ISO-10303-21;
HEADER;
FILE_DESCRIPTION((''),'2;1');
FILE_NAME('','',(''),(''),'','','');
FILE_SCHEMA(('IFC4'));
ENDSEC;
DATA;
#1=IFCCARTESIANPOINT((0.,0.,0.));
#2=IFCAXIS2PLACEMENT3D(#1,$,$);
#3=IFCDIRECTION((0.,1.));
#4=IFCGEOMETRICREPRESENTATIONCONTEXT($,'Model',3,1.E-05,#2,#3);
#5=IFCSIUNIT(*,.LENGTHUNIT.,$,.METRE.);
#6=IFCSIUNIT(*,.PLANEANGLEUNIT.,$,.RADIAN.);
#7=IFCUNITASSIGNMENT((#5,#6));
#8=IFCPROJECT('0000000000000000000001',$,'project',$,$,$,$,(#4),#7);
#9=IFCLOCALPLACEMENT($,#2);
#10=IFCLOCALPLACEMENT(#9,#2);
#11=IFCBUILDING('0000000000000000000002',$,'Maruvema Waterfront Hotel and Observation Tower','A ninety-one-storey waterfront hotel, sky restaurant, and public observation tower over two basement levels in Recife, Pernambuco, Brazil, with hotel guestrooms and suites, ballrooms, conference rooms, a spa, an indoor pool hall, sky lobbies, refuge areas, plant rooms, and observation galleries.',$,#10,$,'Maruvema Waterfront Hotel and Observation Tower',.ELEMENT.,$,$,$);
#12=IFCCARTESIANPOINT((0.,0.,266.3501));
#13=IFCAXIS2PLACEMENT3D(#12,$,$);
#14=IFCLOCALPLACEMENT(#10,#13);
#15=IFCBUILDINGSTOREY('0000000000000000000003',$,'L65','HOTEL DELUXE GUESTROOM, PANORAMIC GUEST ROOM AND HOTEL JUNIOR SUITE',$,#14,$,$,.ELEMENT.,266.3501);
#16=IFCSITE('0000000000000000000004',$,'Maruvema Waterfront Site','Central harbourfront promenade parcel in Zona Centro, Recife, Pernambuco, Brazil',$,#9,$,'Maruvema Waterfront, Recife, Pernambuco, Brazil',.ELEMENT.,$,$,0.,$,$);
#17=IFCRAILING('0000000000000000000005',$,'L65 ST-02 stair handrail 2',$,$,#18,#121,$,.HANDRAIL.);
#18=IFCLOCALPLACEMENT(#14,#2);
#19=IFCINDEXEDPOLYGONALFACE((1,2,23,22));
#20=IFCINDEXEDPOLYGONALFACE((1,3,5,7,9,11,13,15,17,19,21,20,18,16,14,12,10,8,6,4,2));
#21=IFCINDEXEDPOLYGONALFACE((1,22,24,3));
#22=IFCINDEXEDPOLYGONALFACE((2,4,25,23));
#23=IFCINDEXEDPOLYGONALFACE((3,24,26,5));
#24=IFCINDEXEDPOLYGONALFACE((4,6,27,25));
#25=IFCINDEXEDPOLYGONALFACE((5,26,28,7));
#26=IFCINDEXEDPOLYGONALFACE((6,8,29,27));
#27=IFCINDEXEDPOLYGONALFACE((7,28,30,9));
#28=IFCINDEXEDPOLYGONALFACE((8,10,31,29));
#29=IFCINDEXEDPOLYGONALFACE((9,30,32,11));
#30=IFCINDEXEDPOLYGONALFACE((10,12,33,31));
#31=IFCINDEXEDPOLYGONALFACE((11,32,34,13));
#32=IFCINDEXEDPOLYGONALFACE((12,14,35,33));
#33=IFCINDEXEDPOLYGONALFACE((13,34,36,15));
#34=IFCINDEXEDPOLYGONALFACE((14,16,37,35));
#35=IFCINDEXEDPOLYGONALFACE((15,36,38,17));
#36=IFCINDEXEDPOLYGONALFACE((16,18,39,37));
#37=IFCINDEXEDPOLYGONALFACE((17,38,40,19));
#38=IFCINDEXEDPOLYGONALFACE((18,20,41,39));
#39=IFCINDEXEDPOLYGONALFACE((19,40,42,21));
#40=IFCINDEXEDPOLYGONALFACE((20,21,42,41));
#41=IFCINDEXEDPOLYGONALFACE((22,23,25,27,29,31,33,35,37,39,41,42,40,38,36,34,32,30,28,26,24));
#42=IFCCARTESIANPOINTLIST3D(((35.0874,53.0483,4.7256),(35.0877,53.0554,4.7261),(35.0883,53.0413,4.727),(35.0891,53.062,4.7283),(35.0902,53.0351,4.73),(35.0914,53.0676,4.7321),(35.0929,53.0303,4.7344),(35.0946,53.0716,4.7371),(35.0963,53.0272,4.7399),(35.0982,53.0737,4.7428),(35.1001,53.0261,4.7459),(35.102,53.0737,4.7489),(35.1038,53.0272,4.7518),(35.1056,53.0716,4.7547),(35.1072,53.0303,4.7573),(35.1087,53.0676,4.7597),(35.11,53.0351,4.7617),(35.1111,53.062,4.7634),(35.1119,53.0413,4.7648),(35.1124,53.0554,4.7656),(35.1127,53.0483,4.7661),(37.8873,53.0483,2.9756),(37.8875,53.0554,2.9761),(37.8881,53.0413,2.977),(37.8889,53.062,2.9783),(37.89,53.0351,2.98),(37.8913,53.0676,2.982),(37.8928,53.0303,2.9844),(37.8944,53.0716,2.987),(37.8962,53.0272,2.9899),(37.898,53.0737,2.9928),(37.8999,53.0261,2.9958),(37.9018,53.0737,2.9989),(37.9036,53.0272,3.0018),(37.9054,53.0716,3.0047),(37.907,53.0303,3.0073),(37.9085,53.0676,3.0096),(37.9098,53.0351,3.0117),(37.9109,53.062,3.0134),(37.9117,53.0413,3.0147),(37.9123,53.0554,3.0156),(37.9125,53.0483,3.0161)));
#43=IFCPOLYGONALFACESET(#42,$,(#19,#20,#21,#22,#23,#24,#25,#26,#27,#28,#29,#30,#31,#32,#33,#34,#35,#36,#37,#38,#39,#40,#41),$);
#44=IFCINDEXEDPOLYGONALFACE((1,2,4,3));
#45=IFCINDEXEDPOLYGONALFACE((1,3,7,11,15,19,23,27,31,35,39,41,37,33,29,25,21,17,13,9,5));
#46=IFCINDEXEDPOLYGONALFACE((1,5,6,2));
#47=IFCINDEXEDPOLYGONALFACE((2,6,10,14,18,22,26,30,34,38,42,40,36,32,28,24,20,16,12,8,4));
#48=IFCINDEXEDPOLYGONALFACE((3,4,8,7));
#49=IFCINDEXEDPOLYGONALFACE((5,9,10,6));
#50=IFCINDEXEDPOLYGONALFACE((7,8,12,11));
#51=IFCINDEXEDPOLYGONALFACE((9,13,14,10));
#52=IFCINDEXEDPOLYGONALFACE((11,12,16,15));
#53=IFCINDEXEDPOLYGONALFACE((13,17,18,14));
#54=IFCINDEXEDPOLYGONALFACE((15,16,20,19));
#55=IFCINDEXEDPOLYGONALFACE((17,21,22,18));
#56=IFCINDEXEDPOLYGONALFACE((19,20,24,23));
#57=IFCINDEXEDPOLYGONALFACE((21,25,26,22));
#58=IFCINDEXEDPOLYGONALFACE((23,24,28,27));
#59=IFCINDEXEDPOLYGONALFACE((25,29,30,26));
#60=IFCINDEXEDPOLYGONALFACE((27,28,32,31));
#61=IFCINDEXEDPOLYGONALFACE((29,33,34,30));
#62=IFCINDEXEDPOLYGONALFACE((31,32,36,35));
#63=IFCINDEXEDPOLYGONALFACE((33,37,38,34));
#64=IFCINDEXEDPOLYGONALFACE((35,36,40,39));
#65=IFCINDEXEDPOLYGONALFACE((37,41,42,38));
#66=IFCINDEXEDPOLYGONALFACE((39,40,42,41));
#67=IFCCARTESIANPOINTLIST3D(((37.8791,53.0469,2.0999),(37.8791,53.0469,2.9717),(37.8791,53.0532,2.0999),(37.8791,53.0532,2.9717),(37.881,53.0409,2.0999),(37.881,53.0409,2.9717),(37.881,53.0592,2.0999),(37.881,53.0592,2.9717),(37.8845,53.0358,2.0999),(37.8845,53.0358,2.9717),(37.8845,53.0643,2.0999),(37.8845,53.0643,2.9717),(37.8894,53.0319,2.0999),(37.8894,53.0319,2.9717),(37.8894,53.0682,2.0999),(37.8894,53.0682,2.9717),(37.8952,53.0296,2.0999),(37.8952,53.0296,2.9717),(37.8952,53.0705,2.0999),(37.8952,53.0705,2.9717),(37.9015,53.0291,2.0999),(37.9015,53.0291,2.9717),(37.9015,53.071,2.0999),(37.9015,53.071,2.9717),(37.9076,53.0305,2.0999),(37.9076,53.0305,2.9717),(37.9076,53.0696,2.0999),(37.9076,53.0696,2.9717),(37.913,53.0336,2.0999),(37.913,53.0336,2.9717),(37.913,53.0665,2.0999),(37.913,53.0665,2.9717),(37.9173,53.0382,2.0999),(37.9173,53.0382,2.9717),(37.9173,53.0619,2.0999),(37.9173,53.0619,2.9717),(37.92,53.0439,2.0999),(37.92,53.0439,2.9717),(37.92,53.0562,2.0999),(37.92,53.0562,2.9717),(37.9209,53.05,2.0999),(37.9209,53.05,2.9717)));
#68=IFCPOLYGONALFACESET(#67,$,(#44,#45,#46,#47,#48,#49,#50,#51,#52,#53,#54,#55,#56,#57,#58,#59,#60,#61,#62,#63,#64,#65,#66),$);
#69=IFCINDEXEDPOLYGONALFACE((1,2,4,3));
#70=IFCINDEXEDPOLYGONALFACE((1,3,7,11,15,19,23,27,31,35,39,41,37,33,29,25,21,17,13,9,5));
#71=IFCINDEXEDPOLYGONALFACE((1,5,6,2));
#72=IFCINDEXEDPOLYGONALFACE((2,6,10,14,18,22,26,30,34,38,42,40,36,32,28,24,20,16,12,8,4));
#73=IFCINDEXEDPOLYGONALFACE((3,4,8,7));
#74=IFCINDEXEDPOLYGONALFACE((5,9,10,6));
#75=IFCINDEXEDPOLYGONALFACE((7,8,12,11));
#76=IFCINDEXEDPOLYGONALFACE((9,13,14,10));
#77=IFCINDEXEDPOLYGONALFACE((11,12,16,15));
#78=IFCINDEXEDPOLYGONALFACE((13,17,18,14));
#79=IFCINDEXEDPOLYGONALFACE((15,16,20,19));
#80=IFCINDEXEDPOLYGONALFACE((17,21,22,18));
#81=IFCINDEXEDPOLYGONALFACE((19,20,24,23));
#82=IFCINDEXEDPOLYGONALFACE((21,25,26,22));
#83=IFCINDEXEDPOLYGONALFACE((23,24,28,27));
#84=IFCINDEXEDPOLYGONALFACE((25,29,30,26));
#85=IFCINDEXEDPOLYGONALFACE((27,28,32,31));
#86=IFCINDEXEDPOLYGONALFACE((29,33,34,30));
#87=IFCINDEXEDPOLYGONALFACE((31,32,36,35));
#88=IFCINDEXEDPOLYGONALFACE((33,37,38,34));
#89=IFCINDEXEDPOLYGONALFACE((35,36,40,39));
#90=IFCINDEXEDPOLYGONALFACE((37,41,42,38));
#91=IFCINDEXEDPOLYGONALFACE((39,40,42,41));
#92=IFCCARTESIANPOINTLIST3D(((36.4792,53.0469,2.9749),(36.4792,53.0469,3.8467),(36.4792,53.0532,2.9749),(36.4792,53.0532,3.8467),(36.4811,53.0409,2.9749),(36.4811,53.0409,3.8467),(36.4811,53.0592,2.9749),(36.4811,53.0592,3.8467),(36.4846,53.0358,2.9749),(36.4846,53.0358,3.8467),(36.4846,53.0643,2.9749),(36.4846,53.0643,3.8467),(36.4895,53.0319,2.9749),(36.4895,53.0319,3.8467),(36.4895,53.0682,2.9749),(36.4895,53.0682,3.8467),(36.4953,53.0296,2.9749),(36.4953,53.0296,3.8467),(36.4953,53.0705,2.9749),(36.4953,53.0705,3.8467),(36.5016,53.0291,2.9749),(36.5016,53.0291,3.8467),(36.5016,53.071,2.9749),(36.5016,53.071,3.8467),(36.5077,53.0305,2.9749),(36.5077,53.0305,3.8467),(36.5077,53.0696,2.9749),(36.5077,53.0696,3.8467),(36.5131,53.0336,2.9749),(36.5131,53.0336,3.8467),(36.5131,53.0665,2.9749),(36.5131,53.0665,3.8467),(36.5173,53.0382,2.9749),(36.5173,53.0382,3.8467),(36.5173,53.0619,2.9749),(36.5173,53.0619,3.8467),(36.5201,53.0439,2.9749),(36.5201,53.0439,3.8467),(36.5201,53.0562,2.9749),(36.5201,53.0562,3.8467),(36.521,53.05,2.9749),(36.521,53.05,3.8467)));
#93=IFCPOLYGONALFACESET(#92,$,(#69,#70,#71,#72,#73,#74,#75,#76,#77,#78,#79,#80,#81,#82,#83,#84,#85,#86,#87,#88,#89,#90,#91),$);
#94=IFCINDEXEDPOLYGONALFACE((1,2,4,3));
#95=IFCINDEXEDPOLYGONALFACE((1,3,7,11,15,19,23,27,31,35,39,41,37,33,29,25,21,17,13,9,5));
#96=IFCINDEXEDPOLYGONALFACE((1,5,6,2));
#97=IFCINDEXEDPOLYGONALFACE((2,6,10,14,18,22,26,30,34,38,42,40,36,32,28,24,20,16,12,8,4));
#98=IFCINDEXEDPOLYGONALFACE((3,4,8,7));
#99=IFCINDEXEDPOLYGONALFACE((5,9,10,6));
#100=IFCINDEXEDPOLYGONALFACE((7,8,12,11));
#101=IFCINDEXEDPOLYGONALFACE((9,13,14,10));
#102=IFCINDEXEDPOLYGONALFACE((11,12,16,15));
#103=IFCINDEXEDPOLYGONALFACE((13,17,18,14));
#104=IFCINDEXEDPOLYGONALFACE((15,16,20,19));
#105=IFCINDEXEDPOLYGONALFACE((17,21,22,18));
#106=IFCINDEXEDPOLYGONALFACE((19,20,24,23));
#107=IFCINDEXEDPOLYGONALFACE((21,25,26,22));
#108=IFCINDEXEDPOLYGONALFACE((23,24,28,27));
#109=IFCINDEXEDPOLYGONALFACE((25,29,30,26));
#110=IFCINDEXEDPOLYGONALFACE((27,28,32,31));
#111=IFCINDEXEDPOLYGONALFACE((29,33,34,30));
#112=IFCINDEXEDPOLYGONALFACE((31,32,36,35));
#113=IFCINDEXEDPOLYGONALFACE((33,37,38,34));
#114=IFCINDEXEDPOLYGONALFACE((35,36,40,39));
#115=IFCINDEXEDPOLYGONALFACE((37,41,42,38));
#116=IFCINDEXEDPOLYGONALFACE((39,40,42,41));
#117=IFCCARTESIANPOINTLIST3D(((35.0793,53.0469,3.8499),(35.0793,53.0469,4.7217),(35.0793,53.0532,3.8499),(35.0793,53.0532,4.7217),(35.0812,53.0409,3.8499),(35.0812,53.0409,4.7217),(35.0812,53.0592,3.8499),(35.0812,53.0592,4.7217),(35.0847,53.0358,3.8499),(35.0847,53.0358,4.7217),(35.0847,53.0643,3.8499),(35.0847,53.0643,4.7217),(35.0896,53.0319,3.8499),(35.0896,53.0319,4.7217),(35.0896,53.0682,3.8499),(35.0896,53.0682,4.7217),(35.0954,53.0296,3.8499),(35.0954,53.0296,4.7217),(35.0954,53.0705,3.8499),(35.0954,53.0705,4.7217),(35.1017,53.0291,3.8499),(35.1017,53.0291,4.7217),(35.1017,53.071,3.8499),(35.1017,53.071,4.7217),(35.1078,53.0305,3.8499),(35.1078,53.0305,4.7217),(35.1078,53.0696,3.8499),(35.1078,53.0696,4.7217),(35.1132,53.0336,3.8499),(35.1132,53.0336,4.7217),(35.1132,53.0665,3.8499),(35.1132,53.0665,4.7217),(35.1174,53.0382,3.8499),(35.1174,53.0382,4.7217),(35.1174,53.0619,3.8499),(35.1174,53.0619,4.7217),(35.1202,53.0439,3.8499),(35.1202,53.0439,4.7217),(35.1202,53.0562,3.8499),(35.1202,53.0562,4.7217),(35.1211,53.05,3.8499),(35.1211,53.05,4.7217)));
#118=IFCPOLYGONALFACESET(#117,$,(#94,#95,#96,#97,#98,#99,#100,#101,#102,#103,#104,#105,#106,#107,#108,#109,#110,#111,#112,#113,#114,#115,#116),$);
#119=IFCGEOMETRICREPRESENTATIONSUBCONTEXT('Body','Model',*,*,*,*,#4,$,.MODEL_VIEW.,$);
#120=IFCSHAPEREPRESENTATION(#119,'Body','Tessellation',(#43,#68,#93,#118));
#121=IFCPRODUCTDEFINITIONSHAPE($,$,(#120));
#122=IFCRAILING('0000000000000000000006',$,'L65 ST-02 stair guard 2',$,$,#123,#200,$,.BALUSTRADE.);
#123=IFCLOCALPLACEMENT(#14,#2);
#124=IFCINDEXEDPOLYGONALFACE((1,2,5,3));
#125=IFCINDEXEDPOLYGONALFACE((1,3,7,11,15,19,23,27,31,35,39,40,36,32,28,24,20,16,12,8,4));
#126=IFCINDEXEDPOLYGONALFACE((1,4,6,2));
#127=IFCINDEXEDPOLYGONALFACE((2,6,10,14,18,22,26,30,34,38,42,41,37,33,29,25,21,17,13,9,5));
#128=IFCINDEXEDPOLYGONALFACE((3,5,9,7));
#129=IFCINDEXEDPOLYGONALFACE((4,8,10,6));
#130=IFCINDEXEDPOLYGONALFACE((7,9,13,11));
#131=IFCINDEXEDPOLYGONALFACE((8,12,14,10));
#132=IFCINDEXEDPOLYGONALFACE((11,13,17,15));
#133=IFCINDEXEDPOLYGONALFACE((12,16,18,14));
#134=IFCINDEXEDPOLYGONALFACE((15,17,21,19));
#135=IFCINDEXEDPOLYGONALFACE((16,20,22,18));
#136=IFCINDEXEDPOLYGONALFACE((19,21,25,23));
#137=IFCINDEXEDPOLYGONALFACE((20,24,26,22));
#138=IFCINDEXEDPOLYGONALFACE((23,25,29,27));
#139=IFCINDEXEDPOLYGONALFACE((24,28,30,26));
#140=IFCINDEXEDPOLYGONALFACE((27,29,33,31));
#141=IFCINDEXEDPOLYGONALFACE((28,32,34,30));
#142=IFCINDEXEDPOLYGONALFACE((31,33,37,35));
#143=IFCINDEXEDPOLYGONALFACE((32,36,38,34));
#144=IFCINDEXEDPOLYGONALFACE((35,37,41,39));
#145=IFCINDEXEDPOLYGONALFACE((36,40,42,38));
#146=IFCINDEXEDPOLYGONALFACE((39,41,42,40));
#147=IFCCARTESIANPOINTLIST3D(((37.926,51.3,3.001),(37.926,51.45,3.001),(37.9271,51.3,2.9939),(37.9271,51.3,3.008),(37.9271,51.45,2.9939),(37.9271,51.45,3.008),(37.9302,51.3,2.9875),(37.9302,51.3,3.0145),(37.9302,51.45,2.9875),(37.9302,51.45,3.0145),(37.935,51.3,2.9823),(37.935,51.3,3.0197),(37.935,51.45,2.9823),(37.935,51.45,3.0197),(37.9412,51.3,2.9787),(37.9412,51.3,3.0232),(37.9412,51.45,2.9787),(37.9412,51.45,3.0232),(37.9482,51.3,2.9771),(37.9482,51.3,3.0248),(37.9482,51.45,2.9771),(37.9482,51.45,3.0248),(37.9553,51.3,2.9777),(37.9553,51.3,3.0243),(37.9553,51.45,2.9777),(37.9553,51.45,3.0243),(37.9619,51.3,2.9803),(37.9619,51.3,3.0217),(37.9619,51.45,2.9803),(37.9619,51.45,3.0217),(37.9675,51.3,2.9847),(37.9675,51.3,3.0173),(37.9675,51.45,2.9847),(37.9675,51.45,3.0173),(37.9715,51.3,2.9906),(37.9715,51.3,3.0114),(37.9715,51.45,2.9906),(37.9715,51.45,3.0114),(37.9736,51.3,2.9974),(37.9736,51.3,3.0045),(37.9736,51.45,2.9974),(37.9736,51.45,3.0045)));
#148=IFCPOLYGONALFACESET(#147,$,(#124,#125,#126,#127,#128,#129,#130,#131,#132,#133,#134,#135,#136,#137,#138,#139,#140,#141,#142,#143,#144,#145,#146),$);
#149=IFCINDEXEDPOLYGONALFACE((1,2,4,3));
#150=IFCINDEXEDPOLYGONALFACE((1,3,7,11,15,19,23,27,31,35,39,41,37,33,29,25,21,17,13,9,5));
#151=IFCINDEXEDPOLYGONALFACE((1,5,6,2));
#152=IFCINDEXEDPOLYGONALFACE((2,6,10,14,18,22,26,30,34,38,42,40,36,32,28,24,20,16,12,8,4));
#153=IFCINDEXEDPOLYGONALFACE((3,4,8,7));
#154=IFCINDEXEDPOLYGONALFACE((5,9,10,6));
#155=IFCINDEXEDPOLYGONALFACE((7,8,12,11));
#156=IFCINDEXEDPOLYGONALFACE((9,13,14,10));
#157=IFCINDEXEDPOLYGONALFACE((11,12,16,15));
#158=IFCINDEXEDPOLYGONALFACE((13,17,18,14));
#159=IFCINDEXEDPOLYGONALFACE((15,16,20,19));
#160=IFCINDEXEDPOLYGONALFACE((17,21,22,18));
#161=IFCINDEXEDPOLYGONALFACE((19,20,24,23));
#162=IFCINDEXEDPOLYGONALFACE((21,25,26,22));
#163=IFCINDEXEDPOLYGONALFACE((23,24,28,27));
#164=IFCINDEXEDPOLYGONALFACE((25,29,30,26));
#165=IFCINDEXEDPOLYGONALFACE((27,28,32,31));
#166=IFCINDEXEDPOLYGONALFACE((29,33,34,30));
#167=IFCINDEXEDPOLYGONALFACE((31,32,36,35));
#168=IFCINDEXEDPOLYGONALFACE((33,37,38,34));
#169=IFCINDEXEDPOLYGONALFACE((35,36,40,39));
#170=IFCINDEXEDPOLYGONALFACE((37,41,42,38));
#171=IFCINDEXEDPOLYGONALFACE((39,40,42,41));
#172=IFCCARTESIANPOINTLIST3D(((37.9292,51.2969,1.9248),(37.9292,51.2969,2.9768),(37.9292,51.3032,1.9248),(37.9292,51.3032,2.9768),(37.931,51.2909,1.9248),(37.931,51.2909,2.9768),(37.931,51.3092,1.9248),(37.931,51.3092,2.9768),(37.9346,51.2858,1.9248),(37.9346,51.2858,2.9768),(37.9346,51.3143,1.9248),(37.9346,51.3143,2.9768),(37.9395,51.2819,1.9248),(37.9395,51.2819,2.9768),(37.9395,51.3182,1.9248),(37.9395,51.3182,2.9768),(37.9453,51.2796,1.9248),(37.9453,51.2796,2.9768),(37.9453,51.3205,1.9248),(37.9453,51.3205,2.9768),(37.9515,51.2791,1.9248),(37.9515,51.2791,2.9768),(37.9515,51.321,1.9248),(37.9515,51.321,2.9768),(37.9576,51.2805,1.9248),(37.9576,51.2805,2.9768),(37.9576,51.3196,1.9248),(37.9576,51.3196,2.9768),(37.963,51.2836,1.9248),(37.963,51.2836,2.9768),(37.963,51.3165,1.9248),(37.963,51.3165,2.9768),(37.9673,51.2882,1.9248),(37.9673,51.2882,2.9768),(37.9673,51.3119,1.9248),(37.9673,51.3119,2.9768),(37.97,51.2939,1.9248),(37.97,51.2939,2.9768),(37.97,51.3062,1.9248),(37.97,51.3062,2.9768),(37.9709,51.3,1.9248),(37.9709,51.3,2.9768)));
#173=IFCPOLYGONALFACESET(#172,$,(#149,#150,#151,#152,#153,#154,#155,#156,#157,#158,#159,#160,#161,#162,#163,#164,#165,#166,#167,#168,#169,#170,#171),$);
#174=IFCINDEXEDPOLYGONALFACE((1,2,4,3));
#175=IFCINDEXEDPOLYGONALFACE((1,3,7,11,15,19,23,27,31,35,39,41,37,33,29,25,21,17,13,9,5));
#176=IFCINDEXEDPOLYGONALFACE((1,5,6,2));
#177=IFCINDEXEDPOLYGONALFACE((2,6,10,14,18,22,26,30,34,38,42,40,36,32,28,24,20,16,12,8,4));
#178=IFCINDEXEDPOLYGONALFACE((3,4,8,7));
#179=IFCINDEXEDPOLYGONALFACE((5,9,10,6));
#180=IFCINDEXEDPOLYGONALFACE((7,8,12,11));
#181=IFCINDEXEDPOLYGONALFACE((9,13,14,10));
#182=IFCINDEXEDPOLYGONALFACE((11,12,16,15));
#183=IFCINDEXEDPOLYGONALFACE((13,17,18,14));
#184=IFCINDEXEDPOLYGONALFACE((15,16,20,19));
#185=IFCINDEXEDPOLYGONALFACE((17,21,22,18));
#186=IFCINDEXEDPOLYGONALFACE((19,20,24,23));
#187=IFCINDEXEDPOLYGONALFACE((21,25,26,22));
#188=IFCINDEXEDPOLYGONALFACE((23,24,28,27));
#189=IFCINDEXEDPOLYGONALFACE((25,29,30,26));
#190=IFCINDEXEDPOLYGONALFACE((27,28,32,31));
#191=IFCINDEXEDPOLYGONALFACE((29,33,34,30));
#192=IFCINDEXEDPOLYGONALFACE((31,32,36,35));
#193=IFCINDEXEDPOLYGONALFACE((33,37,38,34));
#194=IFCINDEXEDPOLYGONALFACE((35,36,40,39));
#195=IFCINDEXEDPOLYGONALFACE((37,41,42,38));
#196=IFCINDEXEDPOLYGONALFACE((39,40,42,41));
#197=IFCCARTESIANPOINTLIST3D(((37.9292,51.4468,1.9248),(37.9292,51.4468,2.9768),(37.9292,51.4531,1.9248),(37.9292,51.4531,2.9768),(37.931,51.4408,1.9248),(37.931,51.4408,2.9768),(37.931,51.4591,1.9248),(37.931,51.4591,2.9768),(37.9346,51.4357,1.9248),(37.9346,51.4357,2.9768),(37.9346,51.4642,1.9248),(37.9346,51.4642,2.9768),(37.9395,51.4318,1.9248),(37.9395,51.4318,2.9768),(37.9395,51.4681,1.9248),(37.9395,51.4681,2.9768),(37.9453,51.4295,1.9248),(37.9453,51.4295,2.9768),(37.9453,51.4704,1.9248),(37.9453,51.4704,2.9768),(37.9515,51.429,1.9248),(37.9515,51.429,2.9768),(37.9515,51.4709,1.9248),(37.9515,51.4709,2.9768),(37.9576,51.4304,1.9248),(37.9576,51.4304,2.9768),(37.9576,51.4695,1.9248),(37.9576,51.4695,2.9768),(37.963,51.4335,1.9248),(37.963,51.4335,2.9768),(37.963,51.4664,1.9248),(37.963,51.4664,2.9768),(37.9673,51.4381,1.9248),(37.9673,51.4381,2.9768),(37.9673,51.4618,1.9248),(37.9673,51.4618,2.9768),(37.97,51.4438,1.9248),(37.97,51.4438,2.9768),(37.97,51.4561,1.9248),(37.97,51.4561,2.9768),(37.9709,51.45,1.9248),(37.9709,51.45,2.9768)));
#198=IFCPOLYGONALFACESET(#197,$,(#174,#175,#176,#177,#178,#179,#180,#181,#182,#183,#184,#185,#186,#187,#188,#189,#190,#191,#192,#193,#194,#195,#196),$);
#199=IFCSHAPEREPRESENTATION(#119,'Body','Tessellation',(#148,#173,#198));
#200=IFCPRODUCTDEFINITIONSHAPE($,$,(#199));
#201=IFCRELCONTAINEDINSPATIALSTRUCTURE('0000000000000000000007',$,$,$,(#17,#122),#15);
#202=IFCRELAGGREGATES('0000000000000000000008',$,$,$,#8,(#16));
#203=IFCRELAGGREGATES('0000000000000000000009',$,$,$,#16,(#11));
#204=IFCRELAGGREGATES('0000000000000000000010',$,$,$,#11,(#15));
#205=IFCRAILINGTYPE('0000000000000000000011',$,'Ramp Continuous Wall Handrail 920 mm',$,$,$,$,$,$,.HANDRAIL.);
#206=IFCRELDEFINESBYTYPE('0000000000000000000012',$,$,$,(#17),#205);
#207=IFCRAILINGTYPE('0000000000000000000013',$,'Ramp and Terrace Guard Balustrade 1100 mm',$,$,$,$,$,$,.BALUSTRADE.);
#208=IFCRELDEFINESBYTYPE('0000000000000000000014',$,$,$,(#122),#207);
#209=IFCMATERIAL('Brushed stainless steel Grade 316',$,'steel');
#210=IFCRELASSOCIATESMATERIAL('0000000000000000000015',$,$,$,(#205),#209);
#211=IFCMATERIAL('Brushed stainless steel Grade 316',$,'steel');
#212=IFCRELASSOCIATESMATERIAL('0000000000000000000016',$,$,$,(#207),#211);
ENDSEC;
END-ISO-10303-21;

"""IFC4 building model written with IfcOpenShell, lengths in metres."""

from ifc_helpers import new_model, si_unit, direction, frame, origin, origin_2d, place, context, subcontext, project, spatial, circle, extrude, material, type_object, element, save


model = new_model("IFC4")

# Units and contexts
model_context = context("Model", 3, precision=1e-05, world=origin(), true_north=direction((0.0, 1.0)))
body_context = subcontext(model_context, "Body", "Model", "MODEL_VIEW")
ifc_project = project(units=[si_unit("LENGTHUNIT", "METRE"), si_unit("PLANEANGLEUNIT", "RADIAN")], contexts=[model_context])

# Site, building, storey
site_placement = place(None, origin())
site = spatial("IfcSite", under=ifc_project, at=site_placement, Name="Maruvema Waterfront Site", Description="Central harbourfront promenade parcel in Zona Centro, Recife, Pernambuco, Brazil", LongName="Maruvema Waterfront, Recife, Pernambuco, Brazil", CompositionType="ELEMENT", RefElevation=0.0)
building_placement = place(site_placement, origin())
building = spatial("IfcBuilding", under=site, at=building_placement, Name="Maruvema Waterfront Hotel and Observation Tower", Description="A ninety-one-storey waterfront hotel, sky restaurant, and public observation tower over two basement levels in Recife, Pernambuco, Brazil, with hotel guestrooms and suites, ballrooms, conference rooms, a spa, an indoor pool hall, sky lobbies, refuge areas, plant rooms, and observation galleries.", LongName="Maruvema Waterfront Hotel and Observation Tower", CompositionType="ELEMENT")
storey_placement = place(building_placement, frame((0.0, 0.0, 266.3501)))
storey = spatial("IfcBuildingStorey", under=building, at=storey_placement, Name="L65", Description="HOTEL DELUXE GUESTROOM, PANORAMIC GUEST ROOM AND HOTEL JUNIOR SUITE", CompositionType="ELEMENT", Elevation=266.3501)

# Railings
ifc_material_1 = material(Name="Brushed stainless steel Grade 316", Category="steel")
railing_type_1 = type_object("IfcRailingType", Name="Ramp Continuous Wall Handrail 920 mm", PredefinedType="HANDRAIL", material=ifc_material_1)
railing_1_placement = place(storey_placement, frame((37.8999, 53.05, 2.0999)))
element("IfcRailing", 1, at=railing_1_placement, inside=storey, type_object=railing_type_1, Name="L65 ST-02 stair handrail 2", PredefinedType="HANDRAIL", context=body_context, shape_type="SweptSolid", body=[
    extrude(circle(Radius=0.0239, at=origin_2d()), frame((0.0, 0.0, 0.896), z_axis=(-0.847982, 0.0, 0.530026), x_axis=(0.0, -1.0, 0.0)), (0.0, 0.0, 1.0), 3.3018),
    extrude(circle(Radius=0.021, at=origin_2d()), origin(), (0.0, 0.0, 1.0), 0.8718),
    extrude(circle(Radius=0.021, at=origin_2d()), frame((-1.3999, 0.0, 0.875)), (0.0, 0.0, 1.0), 0.8718),
    extrude(circle(Radius=0.021, at=origin_2d()), frame((-2.7998, 0.0, 1.75)), (0.0, 0.0, 1.0), 0.8718),
])
ifc_material_2 = material(Name="Brushed stainless steel Grade 316", Category="steel")
railing_type_2 = type_object("IfcRailingType", Name="Ramp and Terrace Guard Balustrade 1100 mm", PredefinedType="BALUSTRADE", material=ifc_material_2)
railing_2_placement = place(storey_placement, frame((37.95, 51.3, 1.9248)))
element("IfcRailing", 2, at=railing_2_placement, inside=storey, type_object=railing_type_2, Name="L65 ST-02 stair guard 2", PredefinedType="BALUSTRADE", context=body_context, shape_type="SweptSolid", body=[
    extrude(circle(Radius=0.0239, at=origin_2d()), frame((0.0, 0.0, 1.0762), z_axis=(0.0, 1.0, 0.0), x_axis=(-1.0, 0.0, 0.0)), (0.0, 0.0, 1.0), 0.1499),
    extrude(circle(Radius=0.021, at=origin_2d()), origin(), (0.0, 0.0, 1.0), 1.052),
    extrude(circle(Radius=0.021, at=origin_2d()), frame((0.0, 0.1499, 0.0)), (0.0, 0.0, 1.0), 1.052),
])

save(model, "model.ifc")
